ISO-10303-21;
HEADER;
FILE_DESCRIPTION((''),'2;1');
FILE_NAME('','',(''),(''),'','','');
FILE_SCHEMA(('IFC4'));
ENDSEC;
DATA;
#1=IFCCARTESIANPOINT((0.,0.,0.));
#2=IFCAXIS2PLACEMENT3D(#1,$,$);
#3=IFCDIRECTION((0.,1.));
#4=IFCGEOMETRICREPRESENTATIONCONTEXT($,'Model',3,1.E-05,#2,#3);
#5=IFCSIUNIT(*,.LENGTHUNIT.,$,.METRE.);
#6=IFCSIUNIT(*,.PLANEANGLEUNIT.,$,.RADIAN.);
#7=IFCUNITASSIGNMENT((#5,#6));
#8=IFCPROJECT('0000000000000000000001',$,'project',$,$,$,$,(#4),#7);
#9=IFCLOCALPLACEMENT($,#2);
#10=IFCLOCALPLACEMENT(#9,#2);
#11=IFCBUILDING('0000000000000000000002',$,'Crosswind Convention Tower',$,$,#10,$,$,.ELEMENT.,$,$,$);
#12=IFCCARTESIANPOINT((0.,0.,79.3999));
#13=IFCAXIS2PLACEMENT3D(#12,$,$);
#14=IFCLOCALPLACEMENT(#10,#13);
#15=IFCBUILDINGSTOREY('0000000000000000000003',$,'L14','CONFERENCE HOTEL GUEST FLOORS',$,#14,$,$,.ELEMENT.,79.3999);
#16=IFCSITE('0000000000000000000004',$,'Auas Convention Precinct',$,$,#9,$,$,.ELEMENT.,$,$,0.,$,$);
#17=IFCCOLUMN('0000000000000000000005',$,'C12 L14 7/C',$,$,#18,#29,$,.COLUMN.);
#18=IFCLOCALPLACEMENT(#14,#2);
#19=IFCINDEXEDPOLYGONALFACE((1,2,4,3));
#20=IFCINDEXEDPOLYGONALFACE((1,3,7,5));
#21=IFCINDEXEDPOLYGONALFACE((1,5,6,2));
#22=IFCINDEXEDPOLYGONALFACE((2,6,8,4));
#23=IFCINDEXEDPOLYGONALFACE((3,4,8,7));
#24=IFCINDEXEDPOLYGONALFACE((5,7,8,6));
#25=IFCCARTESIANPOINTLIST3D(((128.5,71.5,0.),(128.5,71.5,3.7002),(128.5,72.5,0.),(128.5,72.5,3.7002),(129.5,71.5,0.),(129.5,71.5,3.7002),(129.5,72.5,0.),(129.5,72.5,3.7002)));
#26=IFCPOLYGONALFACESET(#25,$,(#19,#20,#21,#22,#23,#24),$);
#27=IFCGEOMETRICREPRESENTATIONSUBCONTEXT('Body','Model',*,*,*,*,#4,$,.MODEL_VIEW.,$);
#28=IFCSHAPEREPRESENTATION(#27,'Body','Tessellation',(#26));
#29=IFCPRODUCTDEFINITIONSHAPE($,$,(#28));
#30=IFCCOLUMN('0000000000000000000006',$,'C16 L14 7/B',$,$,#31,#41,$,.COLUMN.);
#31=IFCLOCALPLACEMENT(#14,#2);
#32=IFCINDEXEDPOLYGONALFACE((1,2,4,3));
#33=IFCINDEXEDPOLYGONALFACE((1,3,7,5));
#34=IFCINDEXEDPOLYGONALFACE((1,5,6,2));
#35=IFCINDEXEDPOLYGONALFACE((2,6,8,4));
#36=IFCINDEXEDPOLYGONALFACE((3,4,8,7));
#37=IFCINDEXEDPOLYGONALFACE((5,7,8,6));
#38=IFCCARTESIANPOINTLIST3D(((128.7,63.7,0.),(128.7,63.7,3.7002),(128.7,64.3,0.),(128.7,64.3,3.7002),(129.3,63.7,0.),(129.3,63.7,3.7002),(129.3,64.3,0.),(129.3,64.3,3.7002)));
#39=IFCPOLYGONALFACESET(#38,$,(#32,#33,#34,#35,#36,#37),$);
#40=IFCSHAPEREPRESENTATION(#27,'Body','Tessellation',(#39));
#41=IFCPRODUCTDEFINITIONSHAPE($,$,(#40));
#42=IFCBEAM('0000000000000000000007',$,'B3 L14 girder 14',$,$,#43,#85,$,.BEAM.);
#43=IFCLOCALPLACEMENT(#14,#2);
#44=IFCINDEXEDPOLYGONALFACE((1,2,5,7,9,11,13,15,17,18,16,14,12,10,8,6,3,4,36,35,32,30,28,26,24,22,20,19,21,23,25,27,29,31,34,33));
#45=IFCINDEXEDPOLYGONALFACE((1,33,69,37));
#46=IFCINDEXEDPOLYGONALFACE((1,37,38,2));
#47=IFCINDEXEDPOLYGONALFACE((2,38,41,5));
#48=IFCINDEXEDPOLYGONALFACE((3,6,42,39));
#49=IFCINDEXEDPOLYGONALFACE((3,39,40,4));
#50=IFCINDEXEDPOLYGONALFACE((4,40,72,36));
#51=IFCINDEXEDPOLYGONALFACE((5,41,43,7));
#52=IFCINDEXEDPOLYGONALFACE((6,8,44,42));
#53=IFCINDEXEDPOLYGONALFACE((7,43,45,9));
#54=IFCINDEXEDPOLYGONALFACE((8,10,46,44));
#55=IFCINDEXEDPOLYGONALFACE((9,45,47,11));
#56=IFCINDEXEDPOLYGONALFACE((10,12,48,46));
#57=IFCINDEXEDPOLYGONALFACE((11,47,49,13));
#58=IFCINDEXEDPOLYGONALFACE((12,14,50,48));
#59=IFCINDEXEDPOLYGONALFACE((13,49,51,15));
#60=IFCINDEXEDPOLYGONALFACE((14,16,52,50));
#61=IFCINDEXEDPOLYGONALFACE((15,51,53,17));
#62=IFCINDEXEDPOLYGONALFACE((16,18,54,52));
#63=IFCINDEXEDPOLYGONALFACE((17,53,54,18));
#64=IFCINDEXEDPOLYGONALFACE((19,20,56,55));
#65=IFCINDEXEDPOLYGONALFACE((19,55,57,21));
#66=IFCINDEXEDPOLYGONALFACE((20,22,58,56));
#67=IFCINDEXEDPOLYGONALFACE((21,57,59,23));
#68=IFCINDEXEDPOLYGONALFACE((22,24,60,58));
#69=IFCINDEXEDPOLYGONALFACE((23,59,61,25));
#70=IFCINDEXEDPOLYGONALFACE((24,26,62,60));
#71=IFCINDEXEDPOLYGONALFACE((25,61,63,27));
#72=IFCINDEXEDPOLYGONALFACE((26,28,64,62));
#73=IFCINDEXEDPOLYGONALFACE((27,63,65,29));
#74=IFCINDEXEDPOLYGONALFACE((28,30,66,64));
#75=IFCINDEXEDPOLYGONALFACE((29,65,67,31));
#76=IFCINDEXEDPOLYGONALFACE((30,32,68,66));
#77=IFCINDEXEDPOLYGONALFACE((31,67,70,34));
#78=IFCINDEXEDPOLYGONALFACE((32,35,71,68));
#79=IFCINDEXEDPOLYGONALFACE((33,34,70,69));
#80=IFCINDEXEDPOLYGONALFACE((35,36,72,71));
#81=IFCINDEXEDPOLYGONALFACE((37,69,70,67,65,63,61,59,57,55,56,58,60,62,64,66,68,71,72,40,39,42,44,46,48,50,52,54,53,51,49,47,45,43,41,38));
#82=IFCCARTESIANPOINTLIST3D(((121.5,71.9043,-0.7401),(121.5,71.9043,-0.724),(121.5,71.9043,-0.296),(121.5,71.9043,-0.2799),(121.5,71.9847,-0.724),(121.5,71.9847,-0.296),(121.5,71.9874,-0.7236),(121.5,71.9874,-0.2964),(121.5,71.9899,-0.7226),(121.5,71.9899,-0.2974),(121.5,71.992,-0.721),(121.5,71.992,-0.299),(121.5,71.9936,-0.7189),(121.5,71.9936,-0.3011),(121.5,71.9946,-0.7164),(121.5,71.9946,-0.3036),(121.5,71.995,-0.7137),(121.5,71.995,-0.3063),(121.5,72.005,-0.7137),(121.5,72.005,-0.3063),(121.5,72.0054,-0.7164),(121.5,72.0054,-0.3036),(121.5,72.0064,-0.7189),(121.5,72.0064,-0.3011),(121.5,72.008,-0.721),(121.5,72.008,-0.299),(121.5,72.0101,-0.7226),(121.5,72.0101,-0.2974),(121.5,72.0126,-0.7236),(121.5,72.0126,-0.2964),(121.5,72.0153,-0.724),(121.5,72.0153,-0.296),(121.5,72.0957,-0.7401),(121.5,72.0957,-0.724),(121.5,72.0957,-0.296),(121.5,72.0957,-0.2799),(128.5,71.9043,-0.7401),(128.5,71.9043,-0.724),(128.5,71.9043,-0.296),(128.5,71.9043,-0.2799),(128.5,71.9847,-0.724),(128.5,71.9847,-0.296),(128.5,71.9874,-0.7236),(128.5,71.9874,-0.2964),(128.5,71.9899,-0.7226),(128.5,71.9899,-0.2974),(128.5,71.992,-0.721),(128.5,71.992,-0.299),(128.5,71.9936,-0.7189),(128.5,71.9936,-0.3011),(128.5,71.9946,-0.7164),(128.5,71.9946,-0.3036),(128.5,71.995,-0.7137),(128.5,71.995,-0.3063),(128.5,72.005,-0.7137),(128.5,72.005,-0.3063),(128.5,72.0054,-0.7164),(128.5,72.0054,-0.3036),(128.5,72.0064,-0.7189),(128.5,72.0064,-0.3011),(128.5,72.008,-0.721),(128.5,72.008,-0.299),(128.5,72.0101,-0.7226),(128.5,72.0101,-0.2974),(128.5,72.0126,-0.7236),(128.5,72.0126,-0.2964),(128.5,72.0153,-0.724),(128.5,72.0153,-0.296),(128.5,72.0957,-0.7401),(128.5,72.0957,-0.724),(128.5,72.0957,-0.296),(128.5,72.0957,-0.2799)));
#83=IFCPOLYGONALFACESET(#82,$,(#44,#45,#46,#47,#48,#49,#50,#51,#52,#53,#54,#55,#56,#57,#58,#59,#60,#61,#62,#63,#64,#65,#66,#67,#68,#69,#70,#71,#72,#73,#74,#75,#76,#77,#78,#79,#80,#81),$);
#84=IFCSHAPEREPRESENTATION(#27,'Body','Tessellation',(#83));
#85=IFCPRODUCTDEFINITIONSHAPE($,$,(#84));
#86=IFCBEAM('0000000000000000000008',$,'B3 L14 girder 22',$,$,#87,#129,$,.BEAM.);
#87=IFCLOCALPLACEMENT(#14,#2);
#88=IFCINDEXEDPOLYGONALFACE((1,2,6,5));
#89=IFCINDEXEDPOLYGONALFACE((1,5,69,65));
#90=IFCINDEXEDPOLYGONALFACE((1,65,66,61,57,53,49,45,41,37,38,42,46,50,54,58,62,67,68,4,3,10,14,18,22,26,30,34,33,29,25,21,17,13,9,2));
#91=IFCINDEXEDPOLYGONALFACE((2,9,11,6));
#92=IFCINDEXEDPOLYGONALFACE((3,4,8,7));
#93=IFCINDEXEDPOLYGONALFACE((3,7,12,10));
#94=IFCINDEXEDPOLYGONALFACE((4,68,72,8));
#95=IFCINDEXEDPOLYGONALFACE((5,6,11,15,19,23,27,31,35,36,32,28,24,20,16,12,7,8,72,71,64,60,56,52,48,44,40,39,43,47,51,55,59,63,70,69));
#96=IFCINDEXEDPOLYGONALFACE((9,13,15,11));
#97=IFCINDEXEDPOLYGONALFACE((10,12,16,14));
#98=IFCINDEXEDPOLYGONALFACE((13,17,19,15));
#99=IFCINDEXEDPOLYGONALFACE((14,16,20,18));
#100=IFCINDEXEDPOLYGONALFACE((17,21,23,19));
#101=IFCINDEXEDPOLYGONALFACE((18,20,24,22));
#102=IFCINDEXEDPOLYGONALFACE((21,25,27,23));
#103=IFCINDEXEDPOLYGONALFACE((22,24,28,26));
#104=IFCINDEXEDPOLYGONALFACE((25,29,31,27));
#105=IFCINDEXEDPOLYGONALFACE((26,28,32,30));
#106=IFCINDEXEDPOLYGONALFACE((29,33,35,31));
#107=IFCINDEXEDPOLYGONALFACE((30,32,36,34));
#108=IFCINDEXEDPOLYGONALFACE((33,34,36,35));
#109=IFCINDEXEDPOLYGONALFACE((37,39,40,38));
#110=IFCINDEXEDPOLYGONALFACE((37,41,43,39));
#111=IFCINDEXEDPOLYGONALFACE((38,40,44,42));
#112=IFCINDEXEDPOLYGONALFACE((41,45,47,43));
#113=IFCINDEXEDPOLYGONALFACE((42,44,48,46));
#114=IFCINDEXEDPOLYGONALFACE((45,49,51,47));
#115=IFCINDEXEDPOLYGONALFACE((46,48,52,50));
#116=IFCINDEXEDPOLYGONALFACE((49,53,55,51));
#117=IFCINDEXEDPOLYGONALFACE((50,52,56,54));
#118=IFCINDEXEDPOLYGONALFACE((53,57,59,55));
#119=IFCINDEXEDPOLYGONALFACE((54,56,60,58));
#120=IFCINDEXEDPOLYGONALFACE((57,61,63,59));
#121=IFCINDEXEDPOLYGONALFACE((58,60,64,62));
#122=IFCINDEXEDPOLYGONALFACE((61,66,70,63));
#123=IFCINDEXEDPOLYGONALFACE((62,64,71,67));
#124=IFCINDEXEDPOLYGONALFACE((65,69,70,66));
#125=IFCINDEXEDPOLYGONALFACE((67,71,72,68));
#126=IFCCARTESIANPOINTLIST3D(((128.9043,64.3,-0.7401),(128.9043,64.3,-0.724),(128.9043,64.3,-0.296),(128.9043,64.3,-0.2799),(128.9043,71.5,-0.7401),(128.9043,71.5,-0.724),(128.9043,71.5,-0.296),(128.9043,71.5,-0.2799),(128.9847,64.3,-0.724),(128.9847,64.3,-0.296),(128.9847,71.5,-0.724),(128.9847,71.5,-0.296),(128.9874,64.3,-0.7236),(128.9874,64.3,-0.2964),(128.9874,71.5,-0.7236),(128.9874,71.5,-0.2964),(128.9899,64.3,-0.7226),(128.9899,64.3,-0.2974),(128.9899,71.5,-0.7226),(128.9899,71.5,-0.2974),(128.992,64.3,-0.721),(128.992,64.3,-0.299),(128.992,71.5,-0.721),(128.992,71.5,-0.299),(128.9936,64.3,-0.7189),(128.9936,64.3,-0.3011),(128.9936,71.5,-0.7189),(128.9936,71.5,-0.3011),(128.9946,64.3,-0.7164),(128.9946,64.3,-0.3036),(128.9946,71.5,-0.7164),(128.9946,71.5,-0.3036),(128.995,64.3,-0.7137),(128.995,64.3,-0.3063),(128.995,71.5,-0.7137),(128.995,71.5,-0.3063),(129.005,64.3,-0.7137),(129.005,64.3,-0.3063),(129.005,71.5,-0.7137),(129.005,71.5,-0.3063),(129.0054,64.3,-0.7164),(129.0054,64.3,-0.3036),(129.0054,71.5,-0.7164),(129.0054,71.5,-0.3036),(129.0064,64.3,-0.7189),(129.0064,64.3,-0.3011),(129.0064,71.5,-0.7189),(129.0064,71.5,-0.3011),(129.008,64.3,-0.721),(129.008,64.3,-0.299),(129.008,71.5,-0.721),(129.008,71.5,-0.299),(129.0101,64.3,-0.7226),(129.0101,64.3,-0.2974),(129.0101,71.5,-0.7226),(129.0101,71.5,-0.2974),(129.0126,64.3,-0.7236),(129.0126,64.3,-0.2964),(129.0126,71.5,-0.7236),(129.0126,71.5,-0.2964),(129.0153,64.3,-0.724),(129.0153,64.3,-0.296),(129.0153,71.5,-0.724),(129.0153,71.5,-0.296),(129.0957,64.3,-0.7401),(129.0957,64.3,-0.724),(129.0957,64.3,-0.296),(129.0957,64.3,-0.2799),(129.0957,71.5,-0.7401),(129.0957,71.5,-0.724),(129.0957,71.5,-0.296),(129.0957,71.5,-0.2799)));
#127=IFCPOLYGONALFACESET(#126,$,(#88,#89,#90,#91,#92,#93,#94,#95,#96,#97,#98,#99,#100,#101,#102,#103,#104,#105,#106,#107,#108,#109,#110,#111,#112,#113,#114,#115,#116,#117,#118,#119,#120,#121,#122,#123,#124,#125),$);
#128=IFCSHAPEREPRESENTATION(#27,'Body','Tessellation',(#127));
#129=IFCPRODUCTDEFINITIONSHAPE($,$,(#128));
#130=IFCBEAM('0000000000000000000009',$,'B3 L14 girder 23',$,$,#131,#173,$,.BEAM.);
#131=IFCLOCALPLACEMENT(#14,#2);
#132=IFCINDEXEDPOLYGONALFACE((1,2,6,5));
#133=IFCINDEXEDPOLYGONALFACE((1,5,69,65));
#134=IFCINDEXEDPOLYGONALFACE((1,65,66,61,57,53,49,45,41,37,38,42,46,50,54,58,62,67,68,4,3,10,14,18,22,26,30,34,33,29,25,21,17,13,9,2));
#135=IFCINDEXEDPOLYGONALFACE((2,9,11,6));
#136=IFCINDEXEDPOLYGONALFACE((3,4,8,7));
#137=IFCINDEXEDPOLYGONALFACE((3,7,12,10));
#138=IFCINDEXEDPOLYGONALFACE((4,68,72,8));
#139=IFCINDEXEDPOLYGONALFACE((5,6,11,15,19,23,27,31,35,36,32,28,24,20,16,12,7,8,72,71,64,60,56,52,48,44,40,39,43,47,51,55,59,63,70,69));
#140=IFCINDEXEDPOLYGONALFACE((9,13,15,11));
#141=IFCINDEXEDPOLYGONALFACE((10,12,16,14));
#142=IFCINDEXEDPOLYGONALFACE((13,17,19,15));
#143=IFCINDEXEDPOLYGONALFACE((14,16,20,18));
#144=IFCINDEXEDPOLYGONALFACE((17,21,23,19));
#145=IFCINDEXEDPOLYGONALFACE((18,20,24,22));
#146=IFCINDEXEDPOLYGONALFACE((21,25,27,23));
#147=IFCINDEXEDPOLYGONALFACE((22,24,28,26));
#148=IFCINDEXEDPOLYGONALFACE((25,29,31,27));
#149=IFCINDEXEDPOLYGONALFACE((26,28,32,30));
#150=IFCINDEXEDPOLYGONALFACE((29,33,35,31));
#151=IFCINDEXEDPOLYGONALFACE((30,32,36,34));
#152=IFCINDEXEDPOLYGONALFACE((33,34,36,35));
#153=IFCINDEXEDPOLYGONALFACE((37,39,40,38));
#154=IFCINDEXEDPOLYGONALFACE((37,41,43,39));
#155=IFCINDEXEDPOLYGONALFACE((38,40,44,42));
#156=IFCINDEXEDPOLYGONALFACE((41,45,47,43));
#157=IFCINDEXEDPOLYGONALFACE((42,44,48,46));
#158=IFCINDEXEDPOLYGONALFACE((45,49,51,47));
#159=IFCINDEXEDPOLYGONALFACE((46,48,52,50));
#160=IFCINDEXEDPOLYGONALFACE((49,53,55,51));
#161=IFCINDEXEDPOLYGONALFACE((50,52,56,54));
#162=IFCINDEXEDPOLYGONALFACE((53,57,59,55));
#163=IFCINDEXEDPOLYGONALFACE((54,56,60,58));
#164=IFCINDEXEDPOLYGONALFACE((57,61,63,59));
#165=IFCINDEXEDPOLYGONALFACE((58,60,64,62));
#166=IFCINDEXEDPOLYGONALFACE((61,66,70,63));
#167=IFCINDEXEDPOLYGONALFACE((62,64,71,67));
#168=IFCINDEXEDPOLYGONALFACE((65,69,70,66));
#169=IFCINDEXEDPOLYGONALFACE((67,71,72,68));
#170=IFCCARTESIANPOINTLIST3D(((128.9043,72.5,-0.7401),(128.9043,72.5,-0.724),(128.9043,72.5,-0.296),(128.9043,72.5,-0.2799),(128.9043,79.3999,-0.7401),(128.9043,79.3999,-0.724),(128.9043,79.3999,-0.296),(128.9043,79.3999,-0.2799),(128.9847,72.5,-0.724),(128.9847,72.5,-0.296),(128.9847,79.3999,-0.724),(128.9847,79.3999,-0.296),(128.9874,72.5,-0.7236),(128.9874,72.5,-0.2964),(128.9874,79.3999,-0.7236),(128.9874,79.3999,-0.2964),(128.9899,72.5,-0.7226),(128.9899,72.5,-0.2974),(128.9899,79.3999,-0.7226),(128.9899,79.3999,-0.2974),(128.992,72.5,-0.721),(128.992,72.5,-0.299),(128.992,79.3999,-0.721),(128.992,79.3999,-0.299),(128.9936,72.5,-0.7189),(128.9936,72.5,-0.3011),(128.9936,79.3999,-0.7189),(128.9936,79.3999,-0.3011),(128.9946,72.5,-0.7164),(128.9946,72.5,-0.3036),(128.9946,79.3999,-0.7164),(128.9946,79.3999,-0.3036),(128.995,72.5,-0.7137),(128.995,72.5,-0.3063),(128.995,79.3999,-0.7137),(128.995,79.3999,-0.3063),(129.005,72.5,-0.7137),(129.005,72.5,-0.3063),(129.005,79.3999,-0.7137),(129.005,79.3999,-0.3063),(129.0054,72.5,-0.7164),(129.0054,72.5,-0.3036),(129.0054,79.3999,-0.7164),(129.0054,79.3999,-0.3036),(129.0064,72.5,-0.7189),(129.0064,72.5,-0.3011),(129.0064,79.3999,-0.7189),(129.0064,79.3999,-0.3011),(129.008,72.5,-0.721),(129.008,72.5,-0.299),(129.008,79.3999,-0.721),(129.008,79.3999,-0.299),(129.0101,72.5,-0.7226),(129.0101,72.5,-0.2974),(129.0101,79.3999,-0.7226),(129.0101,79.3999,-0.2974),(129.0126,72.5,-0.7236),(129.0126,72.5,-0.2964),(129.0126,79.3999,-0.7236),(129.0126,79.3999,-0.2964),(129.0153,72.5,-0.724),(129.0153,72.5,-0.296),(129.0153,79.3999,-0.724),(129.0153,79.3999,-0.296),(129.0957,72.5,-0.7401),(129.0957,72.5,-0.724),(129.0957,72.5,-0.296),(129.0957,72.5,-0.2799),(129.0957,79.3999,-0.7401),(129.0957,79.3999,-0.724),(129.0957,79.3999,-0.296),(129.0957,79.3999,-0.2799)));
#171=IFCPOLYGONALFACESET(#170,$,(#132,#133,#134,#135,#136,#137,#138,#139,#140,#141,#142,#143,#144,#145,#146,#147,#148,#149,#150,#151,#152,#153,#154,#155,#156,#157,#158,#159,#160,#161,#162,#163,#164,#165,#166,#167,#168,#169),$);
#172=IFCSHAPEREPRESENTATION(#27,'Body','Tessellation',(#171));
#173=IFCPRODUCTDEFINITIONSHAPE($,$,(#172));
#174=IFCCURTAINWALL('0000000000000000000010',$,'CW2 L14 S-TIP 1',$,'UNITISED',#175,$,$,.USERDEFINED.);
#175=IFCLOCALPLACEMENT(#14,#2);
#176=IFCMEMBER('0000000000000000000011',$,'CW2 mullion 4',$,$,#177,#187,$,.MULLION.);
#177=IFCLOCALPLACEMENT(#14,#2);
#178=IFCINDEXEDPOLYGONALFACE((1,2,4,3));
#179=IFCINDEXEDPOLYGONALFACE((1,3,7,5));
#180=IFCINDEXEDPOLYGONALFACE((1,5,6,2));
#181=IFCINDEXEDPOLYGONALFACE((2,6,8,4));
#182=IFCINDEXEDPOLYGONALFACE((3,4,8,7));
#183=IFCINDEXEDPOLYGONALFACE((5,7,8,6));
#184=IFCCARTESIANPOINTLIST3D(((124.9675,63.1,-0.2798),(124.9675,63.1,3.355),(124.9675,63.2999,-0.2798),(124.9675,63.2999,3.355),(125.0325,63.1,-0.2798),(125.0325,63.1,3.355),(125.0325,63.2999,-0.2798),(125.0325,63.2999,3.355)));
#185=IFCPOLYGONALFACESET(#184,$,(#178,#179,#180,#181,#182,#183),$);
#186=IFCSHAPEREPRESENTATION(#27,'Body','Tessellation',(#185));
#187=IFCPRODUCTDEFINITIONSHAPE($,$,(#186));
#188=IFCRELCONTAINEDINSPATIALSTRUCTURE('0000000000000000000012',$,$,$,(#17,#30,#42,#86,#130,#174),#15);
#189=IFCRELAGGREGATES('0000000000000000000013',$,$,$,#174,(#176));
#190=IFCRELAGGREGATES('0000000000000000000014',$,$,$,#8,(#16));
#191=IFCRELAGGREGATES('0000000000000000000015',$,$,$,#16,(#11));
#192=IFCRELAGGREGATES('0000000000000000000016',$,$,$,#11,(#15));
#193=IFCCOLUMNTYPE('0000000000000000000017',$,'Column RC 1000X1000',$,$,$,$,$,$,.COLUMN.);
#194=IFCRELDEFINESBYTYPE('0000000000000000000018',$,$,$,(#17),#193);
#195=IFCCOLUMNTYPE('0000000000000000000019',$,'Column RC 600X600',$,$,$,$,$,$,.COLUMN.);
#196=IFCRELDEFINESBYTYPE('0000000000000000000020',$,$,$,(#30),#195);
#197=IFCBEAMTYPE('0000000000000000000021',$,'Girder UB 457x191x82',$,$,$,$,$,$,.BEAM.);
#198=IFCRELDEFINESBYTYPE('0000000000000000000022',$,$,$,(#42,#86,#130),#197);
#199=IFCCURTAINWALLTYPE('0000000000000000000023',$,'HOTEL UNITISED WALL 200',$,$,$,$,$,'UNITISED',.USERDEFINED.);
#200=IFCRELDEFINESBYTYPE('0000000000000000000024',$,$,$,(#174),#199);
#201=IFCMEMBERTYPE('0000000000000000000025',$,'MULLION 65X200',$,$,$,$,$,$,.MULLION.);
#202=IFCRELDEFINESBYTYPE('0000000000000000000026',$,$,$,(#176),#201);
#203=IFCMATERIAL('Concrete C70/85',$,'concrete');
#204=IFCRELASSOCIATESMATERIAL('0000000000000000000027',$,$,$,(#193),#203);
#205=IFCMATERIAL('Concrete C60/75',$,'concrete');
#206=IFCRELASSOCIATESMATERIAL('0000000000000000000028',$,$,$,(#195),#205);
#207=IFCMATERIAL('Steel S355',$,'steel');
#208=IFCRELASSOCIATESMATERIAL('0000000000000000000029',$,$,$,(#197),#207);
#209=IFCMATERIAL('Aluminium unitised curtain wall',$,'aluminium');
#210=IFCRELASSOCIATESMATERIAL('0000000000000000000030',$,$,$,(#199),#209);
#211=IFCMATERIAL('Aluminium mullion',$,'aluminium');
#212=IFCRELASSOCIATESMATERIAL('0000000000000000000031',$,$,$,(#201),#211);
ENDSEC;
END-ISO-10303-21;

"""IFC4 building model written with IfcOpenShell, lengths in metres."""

from ifc_helpers import new_model, si_unit, direction, frame, origin, origin_2d, place, context, subcontext, project, spatial, rectangle, i_section, extrude, material, material_profile, profile_set, type_object, element, aggregate, save


model = new_model("IFC4")

# Units and contexts
model_context = context("Model", 3, precision=1e-05, world=origin(), true_north=direction((0.0, 1.0)))
body_context = subcontext(model_context, "Body", "Model", "MODEL_VIEW")
ifc_project = project(units=[si_unit("LENGTHUNIT", "METRE"), si_unit("PLANEANGLEUNIT", "RADIAN")], contexts=[model_context])

# Site, building, storey
site_placement = place(None, origin())
site = spatial("IfcSite", under=ifc_project, at=site_placement, Name="Auas Convention Precinct", CompositionType="ELEMENT", RefElevation=0.0)
building_placement = place(site_placement, origin())
building = spatial("IfcBuilding", under=site, at=building_placement, Name="Crosswind Convention Tower", CompositionType="ELEMENT")
storey_placement = place(building_placement, frame((0.0, 0.0, 79.3999)))
storey = spatial("IfcBuildingStorey", under=building, at=storey_placement, Name="L14", Description="CONFERENCE HOTEL GUEST FLOORS", CompositionType="ELEMENT", Elevation=79.3999)

# Columns
ifc_material_1 = material(Name="Concrete C70/85", Category="concrete")
ifc_material_profile_1 = material_profile(ifc_material_1, rectangle(XDim=1.0, YDim=1.0, at=origin_2d()), Name="RC 1000X1000")
ifc_profile_set_1 = profile_set([ifc_material_profile_1], Name="Concrete C70/85")
column_type_1 = type_object("IfcColumnType", Name="Column RC 1000X1000", PredefinedType="COLUMN", material=ifc_profile_set_1)
column_1_placement = place(storey_placement, frame((129.0, 72.0, 0.0), z_axis=(0.0, 0.0, 1.0), x_axis=(1.0, 0.0, 0.0)))
element("IfcColumn", 1, at=column_1_placement, inside=storey, type_object=column_type_1, Name="C12 L14 7/C", PredefinedType="COLUMN", context=body_context, shape_type="SweptSolid", body=[
    extrude(rectangle(XDim=1.0, YDim=1.0, at=origin_2d()), origin(), (0.0, 0.0, 1.0), 3.7002),
])
ifc_material_2 = material(Name="Concrete C60/75", Category="concrete")
ifc_material_profile_2 = material_profile(ifc_material_2, rectangle(XDim=0.6001, YDim=0.6001, at=origin_2d()), Name="RC 600X600")
ifc_profile_set_2 = profile_set([ifc_material_profile_2], Name="Concrete C60/75")
column_type_2 = type_object("IfcColumnType", Name="Column RC 600X600", PredefinedType="COLUMN", material=ifc_profile_set_2)
column_2_placement = place(storey_placement, frame((129.0, 64.0, 0.0), z_axis=(0.0, 0.0, 1.0), x_axis=(1.0, 0.0, 0.0)))
element("IfcColumn", 2, at=column_2_placement, inside=storey, type_object=column_type_2, Name="C16 L14 7/B", PredefinedType="COLUMN", context=body_context, shape_type="SweptSolid", body=[
    extrude(rectangle(XDim=0.6001, YDim=0.6001, at=origin_2d()), origin(), (0.0, 0.0, 1.0), 3.7002),
])

# Beams
ifc_material_3 = material(Name="Steel S355", Category="steel")
ifc_material_profile_3 = material_profile(ifc_material_3, i_section(OverallWidth=0.1914, OverallDepth=0.4602, WebThickness=0.01, FlangeThickness=0.0161, FilletRadius=0.0103, at=origin_2d()), Name="UB 457x191x82")
ifc_profile_set_3 = profile_set([ifc_material_profile_3], Name="Steel S355")
beam_type_1 = type_object("IfcBeamType", Name="Girder UB 457x191x82", PredefinedType="BEAM", material=ifc_profile_set_3)
beam_1_placement = place(storey_placement, frame((121.5, 72.0, -0.51), z_axis=(1.0, 0.0, 0.0), x_axis=(0.0, 1.0, 0.0)))
element("IfcBeam", 3, at=beam_1_placement, inside=storey, type_object=beam_type_1, Name="B3 L14 girder 14", PredefinedType="BEAM", context=body_context, shape_type="SweptSolid", body=[
    extrude(i_section(OverallWidth=0.1914, OverallDepth=0.4602, WebThickness=0.01, FlangeThickness=0.0161, FilletRadius=0.0103, at=origin_2d()), origin(), (0.0, 0.0, 1.0), 7.0),
])
beam_2_placement = place(storey_placement, frame((129.0, 64.3, -0.51), z_axis=(0.0, 1.0, 0.0), x_axis=(-1.0, 0.0, 0.0)))
element("IfcBeam", 4, at=beam_2_placement, inside=storey, type_object=beam_type_1, Name="B3 L14 girder 22", PredefinedType="BEAM", context=body_context, shape_type="SweptSolid", body=[
    extrude(i_section(OverallWidth=0.1914, OverallDepth=0.4602, WebThickness=0.01, FlangeThickness=0.0161, FilletRadius=0.0103, at=origin_2d()), origin(), (0.0, 0.0, 1.0), 7.2),
])
beam_3_placement = place(storey_placement, frame((129.0, 72.5, -0.51), z_axis=(0.0, 1.0, 0.0), x_axis=(-1.0, 0.0, 0.0)))
element("IfcBeam", 5, at=beam_3_placement, inside=storey, type_object=beam_type_1, Name="B3 L14 girder 23", PredefinedType="BEAM", context=body_context, shape_type="SweptSolid", body=[
    extrude(i_section(OverallWidth=0.1914, OverallDepth=0.4602, WebThickness=0.01, FlangeThickness=0.0161, FilletRadius=0.0103, at=origin_2d()), origin(), (0.0, 0.0, 1.0), 6.8999),
])

# Curtain wall, member
ifc_material_4 = material(Name="Aluminium unitised curtain wall", Category="aluminium")
curtain_wall_type = type_object("IfcCurtainWallType", Name="HOTEL UNITISED WALL 200", ElementType="UNITISED", PredefinedType="USERDEFINED", material=ifc_material_4)
curtain_wall_placement = place(storey_placement, origin())
curtain_wall = element("IfcCurtainWall", 6, at=curtain_wall_placement, inside=storey, type_object=curtain_wall_type, Name="CW2 L14 S-TIP 1", ObjectType="UNITISED", PredefinedType="USERDEFINED")
ifc_material_5 = material(Name="Aluminium mullion", Category="aluminium")
ifc_material_profile_4 = material_profile(ifc_material_5, rectangle(XDim=0.2, YDim=0.0649, at=origin_2d()), Name="AL 200X65")
ifc_profile_set_4 = profile_set([ifc_material_profile_4], Name="Aluminium mullion")
member_type = type_object("IfcMemberType", Name="MULLION 65X200", PredefinedType="MULLION", material=ifc_profile_set_4)
member_1_placement = place(storey_placement, frame((125.0, 63.2, -0.2798), z_axis=(0.0, 0.0, 1.0), x_axis=(0.0, -1.0, 0.0)))
member_1 = element("IfcMember", 7, at=member_1_placement, type_object=member_type, Name="CW2 mullion 4", PredefinedType="MULLION", context=body_context, shape_type="SweptSolid", body=[
    extrude(rectangle(XDim=0.2, YDim=0.0649, at=origin_2d()), origin(), (0.0, 0.0, 1.0), 3.6348),
])

aggregate(curtain_wall, [member_1])

save(model, "model.ifc")
